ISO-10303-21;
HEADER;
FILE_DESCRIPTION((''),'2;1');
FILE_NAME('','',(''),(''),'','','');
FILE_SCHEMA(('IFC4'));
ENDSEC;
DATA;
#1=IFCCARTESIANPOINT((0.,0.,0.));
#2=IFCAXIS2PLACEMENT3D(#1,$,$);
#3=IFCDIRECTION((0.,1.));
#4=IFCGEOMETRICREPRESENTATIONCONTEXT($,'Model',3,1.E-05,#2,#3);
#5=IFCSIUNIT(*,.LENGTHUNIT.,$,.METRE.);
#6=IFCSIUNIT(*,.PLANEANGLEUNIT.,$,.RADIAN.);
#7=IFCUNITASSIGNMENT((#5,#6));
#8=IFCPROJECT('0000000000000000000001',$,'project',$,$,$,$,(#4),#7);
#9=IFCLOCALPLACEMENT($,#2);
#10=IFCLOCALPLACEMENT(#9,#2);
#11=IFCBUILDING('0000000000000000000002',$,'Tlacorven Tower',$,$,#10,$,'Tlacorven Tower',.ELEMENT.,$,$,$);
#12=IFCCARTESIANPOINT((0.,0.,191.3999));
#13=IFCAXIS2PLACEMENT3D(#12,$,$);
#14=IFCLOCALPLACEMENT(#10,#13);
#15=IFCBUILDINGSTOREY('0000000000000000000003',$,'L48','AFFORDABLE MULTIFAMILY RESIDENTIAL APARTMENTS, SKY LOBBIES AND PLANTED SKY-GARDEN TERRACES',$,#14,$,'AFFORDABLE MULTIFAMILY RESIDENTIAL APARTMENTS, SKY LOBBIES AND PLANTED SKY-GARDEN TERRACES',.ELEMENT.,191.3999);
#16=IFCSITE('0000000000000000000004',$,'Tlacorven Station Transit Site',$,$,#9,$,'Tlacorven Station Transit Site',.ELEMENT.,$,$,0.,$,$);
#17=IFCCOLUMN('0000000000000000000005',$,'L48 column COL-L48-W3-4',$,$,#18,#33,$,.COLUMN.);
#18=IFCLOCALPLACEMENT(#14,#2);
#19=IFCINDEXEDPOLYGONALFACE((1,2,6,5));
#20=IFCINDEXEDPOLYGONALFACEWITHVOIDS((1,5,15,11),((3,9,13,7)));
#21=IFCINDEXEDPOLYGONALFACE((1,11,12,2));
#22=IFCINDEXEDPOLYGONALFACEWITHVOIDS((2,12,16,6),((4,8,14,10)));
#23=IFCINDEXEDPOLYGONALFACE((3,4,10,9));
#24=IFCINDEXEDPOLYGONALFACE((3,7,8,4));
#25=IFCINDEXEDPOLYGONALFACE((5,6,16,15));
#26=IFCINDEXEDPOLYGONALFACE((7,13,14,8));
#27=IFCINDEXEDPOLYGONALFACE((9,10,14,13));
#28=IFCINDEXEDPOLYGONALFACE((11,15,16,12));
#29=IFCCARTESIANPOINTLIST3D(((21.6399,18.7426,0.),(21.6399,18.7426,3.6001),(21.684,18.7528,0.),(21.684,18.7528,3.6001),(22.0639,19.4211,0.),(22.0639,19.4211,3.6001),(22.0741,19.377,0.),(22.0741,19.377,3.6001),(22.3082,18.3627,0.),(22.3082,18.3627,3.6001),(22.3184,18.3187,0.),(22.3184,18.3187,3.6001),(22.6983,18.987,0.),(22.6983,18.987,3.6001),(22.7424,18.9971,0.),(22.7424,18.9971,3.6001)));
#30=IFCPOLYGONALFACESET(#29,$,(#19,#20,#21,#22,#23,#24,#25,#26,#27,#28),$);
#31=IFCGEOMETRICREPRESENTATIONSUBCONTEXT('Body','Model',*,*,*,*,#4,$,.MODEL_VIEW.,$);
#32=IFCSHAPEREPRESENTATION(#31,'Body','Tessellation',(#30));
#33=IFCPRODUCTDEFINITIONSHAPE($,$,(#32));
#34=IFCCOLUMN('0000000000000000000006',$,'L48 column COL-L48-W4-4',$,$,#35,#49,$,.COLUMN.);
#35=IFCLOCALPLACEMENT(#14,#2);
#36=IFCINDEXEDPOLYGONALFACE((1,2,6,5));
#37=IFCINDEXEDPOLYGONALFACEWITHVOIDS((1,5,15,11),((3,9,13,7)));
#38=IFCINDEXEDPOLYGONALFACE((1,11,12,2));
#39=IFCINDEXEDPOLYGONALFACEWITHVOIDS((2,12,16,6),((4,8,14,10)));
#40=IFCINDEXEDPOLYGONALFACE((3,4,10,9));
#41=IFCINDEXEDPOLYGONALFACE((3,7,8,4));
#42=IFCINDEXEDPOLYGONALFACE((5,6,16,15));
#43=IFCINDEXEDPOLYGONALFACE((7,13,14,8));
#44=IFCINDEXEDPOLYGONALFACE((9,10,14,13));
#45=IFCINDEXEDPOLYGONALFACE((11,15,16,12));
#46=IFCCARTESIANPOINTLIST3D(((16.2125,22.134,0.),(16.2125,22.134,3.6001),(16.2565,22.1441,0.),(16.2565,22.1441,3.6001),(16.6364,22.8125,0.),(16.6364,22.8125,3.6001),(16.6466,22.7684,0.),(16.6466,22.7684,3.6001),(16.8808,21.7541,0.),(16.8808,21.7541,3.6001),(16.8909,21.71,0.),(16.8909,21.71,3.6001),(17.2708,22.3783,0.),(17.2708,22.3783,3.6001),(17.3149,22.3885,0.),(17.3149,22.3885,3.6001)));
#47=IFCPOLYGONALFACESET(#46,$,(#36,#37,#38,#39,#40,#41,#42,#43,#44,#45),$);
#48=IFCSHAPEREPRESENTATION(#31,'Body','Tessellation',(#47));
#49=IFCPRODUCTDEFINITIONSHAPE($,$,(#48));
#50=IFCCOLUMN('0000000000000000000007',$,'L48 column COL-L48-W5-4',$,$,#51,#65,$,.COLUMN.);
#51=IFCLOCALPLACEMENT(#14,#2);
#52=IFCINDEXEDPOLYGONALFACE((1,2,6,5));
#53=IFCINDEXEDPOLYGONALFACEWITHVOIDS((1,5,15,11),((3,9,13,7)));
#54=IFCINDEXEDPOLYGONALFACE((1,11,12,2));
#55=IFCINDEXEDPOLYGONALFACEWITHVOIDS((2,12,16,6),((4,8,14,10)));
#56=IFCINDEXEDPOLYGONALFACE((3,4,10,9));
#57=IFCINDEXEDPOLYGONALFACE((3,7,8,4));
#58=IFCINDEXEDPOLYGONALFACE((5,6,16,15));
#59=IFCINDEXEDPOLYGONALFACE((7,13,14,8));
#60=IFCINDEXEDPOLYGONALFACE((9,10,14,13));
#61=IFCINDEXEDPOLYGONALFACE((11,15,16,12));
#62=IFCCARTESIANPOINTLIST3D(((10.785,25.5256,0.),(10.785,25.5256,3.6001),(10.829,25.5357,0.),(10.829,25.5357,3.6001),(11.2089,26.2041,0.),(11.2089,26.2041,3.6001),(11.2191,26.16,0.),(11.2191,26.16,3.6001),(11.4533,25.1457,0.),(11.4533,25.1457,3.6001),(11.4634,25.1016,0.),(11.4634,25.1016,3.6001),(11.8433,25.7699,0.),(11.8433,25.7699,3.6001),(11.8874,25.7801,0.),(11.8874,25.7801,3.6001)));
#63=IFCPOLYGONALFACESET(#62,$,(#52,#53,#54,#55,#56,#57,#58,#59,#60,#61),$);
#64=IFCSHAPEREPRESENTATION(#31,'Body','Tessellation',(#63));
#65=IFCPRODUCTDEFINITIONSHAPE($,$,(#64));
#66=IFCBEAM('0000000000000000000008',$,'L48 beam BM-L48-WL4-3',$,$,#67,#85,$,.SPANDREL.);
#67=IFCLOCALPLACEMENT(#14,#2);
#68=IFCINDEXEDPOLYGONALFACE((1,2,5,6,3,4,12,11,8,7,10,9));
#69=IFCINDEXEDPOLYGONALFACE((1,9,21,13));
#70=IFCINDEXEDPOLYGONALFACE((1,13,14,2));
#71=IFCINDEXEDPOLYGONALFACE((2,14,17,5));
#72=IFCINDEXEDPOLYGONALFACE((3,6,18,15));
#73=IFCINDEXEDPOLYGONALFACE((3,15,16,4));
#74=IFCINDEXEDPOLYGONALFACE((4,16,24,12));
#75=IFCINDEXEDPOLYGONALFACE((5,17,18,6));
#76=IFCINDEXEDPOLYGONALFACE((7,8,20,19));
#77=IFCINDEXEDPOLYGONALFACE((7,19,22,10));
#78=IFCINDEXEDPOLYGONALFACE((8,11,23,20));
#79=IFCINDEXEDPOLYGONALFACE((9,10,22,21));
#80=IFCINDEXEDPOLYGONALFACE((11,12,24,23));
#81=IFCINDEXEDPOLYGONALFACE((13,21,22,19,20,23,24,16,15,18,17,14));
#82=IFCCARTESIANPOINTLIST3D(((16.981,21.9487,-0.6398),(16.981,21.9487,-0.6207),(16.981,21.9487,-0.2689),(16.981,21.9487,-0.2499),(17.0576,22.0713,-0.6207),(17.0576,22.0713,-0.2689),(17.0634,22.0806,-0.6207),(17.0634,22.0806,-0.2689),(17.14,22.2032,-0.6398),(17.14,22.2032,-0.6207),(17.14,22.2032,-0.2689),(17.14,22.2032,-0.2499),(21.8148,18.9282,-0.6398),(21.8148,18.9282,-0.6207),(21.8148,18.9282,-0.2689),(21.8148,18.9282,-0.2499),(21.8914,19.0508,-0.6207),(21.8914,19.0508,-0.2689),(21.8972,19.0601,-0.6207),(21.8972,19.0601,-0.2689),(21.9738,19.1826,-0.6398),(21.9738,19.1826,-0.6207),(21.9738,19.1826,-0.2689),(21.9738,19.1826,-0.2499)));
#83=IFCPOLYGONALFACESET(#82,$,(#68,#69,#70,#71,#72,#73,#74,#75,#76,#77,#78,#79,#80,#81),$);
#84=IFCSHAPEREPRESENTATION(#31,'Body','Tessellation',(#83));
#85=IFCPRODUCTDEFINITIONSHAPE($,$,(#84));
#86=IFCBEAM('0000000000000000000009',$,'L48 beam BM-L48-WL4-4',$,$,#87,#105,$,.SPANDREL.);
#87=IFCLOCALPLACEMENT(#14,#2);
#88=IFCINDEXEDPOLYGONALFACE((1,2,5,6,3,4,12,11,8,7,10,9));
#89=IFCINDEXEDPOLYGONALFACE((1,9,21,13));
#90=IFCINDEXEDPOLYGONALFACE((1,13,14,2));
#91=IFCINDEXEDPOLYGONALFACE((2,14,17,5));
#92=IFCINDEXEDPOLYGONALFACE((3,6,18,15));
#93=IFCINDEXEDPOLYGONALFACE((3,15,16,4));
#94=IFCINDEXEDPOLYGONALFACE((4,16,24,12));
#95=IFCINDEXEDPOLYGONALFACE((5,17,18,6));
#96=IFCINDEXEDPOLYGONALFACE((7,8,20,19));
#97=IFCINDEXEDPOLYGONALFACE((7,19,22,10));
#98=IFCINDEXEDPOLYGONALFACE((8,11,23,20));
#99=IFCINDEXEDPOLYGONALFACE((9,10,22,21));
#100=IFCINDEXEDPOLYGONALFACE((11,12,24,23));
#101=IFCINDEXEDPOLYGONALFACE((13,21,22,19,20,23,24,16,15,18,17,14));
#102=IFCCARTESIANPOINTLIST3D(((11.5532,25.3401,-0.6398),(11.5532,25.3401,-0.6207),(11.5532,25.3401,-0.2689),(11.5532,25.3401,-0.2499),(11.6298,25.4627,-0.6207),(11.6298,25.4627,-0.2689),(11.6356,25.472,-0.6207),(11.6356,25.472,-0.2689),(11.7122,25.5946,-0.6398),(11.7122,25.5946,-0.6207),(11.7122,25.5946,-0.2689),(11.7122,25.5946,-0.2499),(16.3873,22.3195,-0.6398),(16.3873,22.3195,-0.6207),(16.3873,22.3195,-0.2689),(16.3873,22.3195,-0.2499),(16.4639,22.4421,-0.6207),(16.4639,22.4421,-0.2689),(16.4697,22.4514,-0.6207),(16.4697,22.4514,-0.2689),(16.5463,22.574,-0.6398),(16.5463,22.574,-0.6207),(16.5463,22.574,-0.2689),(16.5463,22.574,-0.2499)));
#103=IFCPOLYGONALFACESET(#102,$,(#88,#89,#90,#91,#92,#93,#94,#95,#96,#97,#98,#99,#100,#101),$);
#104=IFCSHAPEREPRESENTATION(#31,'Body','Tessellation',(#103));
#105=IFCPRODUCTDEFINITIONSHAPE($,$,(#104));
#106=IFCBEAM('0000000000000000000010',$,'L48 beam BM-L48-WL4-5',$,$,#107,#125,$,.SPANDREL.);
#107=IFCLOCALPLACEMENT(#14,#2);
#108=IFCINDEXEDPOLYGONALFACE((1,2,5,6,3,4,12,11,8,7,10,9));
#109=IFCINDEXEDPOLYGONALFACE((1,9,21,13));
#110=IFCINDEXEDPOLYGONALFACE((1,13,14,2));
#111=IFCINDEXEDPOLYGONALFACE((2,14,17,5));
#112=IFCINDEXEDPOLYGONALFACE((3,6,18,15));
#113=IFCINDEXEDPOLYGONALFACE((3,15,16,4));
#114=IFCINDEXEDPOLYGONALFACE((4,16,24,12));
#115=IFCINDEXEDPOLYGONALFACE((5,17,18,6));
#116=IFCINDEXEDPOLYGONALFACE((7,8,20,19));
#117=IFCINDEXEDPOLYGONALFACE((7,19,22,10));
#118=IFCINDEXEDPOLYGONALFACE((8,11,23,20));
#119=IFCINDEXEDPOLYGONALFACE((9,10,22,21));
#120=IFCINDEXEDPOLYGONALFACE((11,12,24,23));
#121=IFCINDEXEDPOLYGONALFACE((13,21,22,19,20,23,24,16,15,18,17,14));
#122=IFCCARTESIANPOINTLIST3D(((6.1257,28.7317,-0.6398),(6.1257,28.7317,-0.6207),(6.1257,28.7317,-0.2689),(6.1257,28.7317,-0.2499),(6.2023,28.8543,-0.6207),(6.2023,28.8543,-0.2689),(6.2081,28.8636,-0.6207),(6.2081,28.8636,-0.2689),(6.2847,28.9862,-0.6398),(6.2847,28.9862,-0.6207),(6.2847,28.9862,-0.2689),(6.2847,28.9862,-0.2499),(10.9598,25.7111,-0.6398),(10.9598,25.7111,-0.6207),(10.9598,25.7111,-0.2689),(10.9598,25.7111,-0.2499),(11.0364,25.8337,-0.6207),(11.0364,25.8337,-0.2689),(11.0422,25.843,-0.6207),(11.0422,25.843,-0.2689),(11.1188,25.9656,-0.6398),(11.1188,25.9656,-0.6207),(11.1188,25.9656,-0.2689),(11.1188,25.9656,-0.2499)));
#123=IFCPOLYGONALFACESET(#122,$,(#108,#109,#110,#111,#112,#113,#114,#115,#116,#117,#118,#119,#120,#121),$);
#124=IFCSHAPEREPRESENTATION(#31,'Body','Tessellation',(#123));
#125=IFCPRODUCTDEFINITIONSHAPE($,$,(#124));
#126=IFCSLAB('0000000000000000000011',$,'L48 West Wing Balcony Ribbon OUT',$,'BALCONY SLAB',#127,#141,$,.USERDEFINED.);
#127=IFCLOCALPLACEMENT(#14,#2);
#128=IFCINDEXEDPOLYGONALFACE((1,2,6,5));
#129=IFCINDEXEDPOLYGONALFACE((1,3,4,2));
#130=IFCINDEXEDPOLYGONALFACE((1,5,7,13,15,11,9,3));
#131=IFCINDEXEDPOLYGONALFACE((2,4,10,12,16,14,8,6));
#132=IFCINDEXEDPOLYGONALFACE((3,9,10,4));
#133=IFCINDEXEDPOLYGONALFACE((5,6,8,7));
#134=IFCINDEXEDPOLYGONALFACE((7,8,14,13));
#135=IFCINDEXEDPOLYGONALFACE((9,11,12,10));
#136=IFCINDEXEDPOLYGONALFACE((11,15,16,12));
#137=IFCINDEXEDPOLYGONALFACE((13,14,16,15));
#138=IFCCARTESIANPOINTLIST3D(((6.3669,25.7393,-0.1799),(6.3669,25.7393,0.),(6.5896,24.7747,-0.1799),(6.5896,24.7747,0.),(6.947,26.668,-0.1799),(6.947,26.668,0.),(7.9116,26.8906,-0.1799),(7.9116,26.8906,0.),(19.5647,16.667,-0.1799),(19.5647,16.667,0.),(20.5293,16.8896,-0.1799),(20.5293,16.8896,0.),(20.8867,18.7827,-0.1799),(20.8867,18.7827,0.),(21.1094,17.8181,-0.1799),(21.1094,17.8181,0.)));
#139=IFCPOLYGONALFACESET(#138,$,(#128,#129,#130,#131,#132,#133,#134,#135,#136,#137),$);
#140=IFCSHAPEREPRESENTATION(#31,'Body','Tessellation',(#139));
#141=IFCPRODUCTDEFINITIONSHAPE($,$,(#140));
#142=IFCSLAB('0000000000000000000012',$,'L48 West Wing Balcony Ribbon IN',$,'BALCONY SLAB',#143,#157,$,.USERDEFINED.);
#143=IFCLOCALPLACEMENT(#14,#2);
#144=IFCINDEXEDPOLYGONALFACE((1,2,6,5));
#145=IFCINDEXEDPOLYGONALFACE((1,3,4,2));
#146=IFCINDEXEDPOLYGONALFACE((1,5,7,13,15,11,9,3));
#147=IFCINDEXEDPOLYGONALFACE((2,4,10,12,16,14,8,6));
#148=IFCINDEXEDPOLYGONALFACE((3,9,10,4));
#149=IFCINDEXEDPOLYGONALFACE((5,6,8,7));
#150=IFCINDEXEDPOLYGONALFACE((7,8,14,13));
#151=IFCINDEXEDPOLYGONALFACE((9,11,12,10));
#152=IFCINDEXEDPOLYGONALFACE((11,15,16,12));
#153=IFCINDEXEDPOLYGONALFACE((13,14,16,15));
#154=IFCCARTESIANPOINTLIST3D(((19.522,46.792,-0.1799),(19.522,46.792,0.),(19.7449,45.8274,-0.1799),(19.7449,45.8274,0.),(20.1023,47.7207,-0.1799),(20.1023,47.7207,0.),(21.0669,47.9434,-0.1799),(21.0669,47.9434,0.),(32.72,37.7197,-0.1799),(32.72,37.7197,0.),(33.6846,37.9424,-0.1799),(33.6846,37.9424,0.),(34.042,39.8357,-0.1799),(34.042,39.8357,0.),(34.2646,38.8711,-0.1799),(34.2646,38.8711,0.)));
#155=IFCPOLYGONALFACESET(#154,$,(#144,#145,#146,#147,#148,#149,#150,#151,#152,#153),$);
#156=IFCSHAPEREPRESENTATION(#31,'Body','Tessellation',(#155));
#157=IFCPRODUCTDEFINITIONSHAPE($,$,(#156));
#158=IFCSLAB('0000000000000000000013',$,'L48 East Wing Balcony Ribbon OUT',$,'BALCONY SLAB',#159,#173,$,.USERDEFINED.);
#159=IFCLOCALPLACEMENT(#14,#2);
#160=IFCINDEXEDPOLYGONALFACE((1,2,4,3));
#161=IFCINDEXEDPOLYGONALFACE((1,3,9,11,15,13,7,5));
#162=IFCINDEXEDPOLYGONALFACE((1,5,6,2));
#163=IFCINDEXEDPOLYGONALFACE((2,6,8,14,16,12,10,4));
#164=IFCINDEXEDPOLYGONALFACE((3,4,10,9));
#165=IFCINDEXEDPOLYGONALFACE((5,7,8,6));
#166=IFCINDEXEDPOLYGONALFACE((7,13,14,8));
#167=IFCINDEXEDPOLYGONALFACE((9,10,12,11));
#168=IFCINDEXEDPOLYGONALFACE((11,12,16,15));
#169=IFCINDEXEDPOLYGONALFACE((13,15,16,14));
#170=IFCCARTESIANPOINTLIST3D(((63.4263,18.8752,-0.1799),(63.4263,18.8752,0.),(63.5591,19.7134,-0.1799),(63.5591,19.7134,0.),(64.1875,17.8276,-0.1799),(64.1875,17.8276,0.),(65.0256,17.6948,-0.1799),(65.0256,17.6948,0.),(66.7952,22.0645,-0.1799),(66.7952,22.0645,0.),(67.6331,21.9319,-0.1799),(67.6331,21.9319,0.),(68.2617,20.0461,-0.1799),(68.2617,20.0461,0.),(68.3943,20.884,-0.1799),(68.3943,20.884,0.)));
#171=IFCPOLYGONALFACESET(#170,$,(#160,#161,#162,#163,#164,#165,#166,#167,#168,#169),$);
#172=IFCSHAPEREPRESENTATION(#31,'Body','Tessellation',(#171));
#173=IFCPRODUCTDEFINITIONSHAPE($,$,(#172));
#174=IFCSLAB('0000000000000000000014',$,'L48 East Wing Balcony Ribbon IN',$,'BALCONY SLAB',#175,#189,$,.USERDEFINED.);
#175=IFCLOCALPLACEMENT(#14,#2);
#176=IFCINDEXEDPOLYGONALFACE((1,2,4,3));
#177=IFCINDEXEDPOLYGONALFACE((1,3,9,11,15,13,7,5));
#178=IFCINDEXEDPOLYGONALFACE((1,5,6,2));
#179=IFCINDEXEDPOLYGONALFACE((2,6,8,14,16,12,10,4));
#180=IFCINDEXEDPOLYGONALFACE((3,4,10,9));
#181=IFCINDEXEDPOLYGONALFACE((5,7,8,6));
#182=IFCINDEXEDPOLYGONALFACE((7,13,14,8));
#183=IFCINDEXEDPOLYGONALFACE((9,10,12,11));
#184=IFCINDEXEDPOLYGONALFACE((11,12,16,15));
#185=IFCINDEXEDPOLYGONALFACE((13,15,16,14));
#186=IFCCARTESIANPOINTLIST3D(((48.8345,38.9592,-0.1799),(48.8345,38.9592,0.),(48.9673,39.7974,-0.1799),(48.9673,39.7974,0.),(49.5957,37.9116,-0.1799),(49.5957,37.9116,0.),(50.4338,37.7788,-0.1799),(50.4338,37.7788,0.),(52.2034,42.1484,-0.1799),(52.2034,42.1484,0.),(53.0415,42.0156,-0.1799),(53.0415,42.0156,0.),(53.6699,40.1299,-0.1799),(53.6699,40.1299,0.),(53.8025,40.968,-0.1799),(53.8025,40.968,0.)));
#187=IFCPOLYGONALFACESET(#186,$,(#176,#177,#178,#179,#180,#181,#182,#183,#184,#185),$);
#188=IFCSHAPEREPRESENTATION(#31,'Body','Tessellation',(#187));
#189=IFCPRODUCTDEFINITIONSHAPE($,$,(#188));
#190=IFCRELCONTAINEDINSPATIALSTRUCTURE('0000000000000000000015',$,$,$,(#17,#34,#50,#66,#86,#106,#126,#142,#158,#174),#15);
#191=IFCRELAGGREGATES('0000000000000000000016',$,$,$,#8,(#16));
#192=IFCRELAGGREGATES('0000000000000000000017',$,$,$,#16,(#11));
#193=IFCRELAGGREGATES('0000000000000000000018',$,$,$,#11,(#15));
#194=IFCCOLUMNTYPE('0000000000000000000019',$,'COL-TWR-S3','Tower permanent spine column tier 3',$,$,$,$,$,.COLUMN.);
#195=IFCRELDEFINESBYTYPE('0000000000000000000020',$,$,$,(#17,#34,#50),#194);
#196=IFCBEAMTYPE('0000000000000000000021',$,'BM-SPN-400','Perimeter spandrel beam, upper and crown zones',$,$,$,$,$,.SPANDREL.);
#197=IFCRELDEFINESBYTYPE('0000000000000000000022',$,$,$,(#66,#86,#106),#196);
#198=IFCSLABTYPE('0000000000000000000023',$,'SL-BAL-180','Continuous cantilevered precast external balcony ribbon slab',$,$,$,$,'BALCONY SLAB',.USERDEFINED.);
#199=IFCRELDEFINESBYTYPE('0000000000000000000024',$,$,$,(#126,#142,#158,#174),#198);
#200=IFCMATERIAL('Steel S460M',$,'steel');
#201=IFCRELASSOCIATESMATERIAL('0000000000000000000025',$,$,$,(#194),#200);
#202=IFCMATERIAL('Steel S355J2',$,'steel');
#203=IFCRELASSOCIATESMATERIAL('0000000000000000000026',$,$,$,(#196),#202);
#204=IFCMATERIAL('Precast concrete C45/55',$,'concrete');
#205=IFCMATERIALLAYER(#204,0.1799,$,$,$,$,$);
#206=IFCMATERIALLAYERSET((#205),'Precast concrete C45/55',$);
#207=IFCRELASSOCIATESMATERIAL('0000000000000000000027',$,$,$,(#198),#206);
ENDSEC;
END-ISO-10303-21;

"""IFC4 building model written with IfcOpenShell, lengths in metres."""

from ifc_helpers import new_model, si_unit, direction, frame, origin, origin_2d, place, context, subcontext, project, spatial, polyline, hollow_rectangle, i_section, outline, extrude, source, transform, mapped, material, layer, layer_set, material_profile, profile_set, type_object, element, save


model = new_model("IFC4")

# Units and contexts
model_context = context("Model", 3, precision=1e-05, world=origin(), true_north=direction((0.0, 1.0)))
body_context = subcontext(model_context, "Body", "Model", "MODEL_VIEW")
ifc_project = project(units=[si_unit("LENGTHUNIT", "METRE"), si_unit("PLANEANGLEUNIT", "RADIAN")], contexts=[model_context])

# Site, building, storey
site_placement = place(None, origin())
site = spatial("IfcSite", under=ifc_project, at=site_placement, Name="Tlacorven Station Transit Site", LongName="Tlacorven Station Transit Site", CompositionType="ELEMENT", RefElevation=0.0)
building_placement = place(site_placement, origin())
building = spatial("IfcBuilding", under=site, at=building_placement, Name="Tlacorven Tower", LongName="Tlacorven Tower", CompositionType="ELEMENT")
storey_placement = place(building_placement, frame((0.0, 0.0, 191.3999)))
storey = spatial("IfcBuildingStorey", under=building, at=storey_placement, Name="L48", Description="AFFORDABLE MULTIFAMILY RESIDENTIAL APARTMENTS, SKY LOBBIES AND PLANTED SKY-GARDEN TERRACES", LongName="AFFORDABLE MULTIFAMILY RESIDENTIAL APARTMENTS, SKY LOBBIES AND PLANTED SKY-GARDEN TERRACES", CompositionType="ELEMENT", Elevation=191.3999)

# Columns
ifc_material_1 = material(Name="Steel S460M", Category="steel")
ifc_material_profile_1 = material_profile(ifc_material_1, hollow_rectangle(XDim=0.8, YDim=0.8, WallThickness=0.032, at=origin_2d()), Name="BOX 800X800X32")
ifc_profile_set_1 = profile_set([ifc_material_profile_1], Name="Steel S460M")
column_type = type_object("IfcColumnType", Name="COL-TWR-S3", Description="Tower permanent spine column tier 3", PredefinedType="COLUMN", material=ifc_profile_set_1)
shared_shape_1 = source(origin(), body_context, "Body", "SweptSolid", [
    extrude(hollow_rectangle(XDim=0.8, YDim=0.8, WallThickness=0.032, at=origin_2d()), origin(), (0.0, 0.0, 1.0), 3.6001),
])
for number, where, z_axis, x_axis, name in (
    (1, (22.1912, 18.8699, 0.0), (0.0, 0.0, 1.0), (-0.848048, 0.529919, 0.0), "L48 column COL-L48-W3-4"),
    (2, (16.7637, 22.2612, 0.0), (0.0, 0.0, 1.0), (-0.848048, 0.529919, 0.0), "L48 column COL-L48-W4-4"),
    (3, (11.3362, 25.6528, 0.0), (0.0, 0.0, 1.0), (-0.848048, 0.529919, 0.0), "L48 column COL-L48-W5-4"),
):
    element("IfcColumn", number, at=place(storey_placement, frame(where, z_axis=z_axis, x_axis=x_axis)), inside=storey, type_object=column_type, Name=name, PredefinedType="COLUMN", context=body_context, shape_type="MappedRepresentation", body=[
        mapped(shared_shape_1, transform((0.0, 0.0, 0.0), scale=1.0)),
    ])

# Beams
ifc_material_2 = material(Name="Steel S355J2", Category="steel")
ifc_material_profile_2 = material_profile(ifc_material_2, i_section(OverallWidth=0.3, OverallDepth=0.3899, WebThickness=0.011, FlangeThickness=0.019, at=origin_2d()), Name="HEA 400")
ifc_profile_set_2 = profile_set([ifc_material_profile_2], Name="Steel S355J2")
beam_type = type_object("IfcBeamType", Name="BM-SPN-400", Description="Perimeter spandrel beam, upper and crown zones", PredefinedType="SPANDREL", material=ifc_profile_set_2)
shared_shape_2 = source(origin(), body_context, "Body", "SweptSolid", [
    extrude(i_section(OverallWidth=0.3, OverallDepth=0.3899, WebThickness=0.011, FlangeThickness=0.019, at=origin_2d()), origin(), (0.0, 0.0, 1.0), 5.7),
])
beam_placement = place(storey_placement, frame((21.8943, 19.0554, -0.4448), z_axis=(-0.848044, 0.529926, 0.0), x_axis=(-0.529926, -0.848044, 0.0)))
element("IfcBeam", 4, at=beam_placement, inside=storey, type_object=beam_type, Name="L48 beam BM-L48-WL4-3", PredefinedType="SPANDREL", context=body_context, shape_type="MappedRepresentation", body=[
    mapped(shared_shape_2, transform((0.0, 0.0, 0.0), scale=1.0)),
])
shared_shape_3 = source(origin(), body_context, "Body", "SweptSolid", [
    extrude(i_section(OverallWidth=0.3, OverallDepth=0.3899, WebThickness=0.011, FlangeThickness=0.019, at=origin_2d()), origin(), (0.0, 0.0, 1.0), 5.7002),
])
for number, where, z_axis, x_axis, name in (
    (5, (16.4668, 22.4468, -0.4448), (-0.848056, 0.529907, 0.0), (-0.529907, -0.848056, 0.0), "L48 beam BM-L48-WL4-4"),
    (6, (11.0393, 25.8384, -0.4448), (-0.848056, 0.529907, 0.0), (-0.529907, -0.848056, 0.0), "L48 beam BM-L48-WL4-5"),
):
    element("IfcBeam", number, at=place(storey_placement, frame(where, z_axis=z_axis, x_axis=x_axis)), inside=storey, type_object=beam_type, Name=name, PredefinedType="SPANDREL", context=body_context, shape_type="MappedRepresentation", body=[
        mapped(shared_shape_3, transform((0.0, 0.0, 0.0), scale=1.0)),
    ])

# Slabs
ifc_material_3 = material(Name="Precast concrete C45/55", Category="concrete")
ifc_layer_1 = layer(ifc_material_3, 0.1799)
ifc_layer_set_1 = layer_set([ifc_layer_1], Name="Precast concrete C45/55")
slab_type_1 = type_object("IfcSlabType", Name="SL-BAL-180", Description="Continuous cantilevered precast external balcony ribbon slab", ElementType="BALCONY SLAB", PredefinedType="USERDEFINED", material=ifc_layer_set_1)
slab_1_placement = place(storey_placement, frame((0.0, 0.0, -0.1799)))
element("IfcSlab", 7, at=slab_1_placement, inside=storey, type_object=slab_type_1, Name="L48 West Wing Balcony Ribbon OUT", ObjectType="BALCONY SLAB", PredefinedType="USERDEFINED", context=body_context, shape_type="SweptSolid", body=[
    extrude(outline(polyline([(20.8867, 18.7827), (7.9116, 26.8906), (6.947, 26.668), (6.3669, 25.7393), (6.5896, 24.7747), (19.5647, 16.667), (20.5293, 16.8896), (21.1094, 17.8181), (20.8867, 18.7827)])), origin(), (0.0, 0.0, 1.0), 0.1799),
])
slab_2_placement = place(storey_placement, frame((0.0, 0.0, -0.1799)))
element("IfcSlab", 8, at=slab_2_placement, inside=storey, type_object=slab_type_1, Name="L48 West Wing Balcony Ribbon IN", ObjectType="BALCONY SLAB", PredefinedType="USERDEFINED", context=body_context, shape_type="SweptSolid", body=[
    extrude(outline(polyline([(34.042, 39.8357), (21.0669, 47.9434), (20.1023, 47.7207), (19.522, 46.792), (19.7449, 45.8274), (32.72, 37.7197), (33.6846, 37.9424), (34.2646, 38.8711), (34.042, 39.8357)])), origin(), (0.0, 0.0, 1.0), 0.1799),
])
slab_3_placement = place(storey_placement, frame((0.0, 0.0, -0.1799)))
element("IfcSlab", 9, at=slab_3_placement, inside=storey, type_object=slab_type_1, Name="L48 East Wing Balcony Ribbon OUT", ObjectType="BALCONY SLAB", PredefinedType="USERDEFINED", context=body_context, shape_type="SweptSolid", body=[
    extrude(outline(polyline([(65.0256, 17.6948), (68.2617, 20.0461), (68.3943, 20.884), (67.6331, 21.9319), (66.7952, 22.0645), (63.5591, 19.7134), (63.4263, 18.8752), (64.1875, 17.8276), (65.0256, 17.6948)])), origin(), (0.0, 0.0, 1.0), 0.1799),
])
slab_4_placement = place(storey_placement, frame((0.0, 0.0, -0.1799)))
element("IfcSlab", 10, at=slab_4_placement, inside=storey, type_object=slab_type_1, Name="L48 East Wing Balcony Ribbon IN", ObjectType="BALCONY SLAB", PredefinedType="USERDEFINED", context=body_context, shape_type="SweptSolid", body=[
    extrude(outline(polyline([(50.4338, 37.7788), (53.6699, 40.1299), (53.8025, 40.968), (53.0415, 42.0156), (52.2034, 42.1484), (48.9673, 39.7974), (48.8345, 38.9592), (49.5957, 37.9116), (50.4338, 37.7788)])), origin(), (0.0, 0.0, 1.0), 0.1799),
])

save(model, "model.ifc")
